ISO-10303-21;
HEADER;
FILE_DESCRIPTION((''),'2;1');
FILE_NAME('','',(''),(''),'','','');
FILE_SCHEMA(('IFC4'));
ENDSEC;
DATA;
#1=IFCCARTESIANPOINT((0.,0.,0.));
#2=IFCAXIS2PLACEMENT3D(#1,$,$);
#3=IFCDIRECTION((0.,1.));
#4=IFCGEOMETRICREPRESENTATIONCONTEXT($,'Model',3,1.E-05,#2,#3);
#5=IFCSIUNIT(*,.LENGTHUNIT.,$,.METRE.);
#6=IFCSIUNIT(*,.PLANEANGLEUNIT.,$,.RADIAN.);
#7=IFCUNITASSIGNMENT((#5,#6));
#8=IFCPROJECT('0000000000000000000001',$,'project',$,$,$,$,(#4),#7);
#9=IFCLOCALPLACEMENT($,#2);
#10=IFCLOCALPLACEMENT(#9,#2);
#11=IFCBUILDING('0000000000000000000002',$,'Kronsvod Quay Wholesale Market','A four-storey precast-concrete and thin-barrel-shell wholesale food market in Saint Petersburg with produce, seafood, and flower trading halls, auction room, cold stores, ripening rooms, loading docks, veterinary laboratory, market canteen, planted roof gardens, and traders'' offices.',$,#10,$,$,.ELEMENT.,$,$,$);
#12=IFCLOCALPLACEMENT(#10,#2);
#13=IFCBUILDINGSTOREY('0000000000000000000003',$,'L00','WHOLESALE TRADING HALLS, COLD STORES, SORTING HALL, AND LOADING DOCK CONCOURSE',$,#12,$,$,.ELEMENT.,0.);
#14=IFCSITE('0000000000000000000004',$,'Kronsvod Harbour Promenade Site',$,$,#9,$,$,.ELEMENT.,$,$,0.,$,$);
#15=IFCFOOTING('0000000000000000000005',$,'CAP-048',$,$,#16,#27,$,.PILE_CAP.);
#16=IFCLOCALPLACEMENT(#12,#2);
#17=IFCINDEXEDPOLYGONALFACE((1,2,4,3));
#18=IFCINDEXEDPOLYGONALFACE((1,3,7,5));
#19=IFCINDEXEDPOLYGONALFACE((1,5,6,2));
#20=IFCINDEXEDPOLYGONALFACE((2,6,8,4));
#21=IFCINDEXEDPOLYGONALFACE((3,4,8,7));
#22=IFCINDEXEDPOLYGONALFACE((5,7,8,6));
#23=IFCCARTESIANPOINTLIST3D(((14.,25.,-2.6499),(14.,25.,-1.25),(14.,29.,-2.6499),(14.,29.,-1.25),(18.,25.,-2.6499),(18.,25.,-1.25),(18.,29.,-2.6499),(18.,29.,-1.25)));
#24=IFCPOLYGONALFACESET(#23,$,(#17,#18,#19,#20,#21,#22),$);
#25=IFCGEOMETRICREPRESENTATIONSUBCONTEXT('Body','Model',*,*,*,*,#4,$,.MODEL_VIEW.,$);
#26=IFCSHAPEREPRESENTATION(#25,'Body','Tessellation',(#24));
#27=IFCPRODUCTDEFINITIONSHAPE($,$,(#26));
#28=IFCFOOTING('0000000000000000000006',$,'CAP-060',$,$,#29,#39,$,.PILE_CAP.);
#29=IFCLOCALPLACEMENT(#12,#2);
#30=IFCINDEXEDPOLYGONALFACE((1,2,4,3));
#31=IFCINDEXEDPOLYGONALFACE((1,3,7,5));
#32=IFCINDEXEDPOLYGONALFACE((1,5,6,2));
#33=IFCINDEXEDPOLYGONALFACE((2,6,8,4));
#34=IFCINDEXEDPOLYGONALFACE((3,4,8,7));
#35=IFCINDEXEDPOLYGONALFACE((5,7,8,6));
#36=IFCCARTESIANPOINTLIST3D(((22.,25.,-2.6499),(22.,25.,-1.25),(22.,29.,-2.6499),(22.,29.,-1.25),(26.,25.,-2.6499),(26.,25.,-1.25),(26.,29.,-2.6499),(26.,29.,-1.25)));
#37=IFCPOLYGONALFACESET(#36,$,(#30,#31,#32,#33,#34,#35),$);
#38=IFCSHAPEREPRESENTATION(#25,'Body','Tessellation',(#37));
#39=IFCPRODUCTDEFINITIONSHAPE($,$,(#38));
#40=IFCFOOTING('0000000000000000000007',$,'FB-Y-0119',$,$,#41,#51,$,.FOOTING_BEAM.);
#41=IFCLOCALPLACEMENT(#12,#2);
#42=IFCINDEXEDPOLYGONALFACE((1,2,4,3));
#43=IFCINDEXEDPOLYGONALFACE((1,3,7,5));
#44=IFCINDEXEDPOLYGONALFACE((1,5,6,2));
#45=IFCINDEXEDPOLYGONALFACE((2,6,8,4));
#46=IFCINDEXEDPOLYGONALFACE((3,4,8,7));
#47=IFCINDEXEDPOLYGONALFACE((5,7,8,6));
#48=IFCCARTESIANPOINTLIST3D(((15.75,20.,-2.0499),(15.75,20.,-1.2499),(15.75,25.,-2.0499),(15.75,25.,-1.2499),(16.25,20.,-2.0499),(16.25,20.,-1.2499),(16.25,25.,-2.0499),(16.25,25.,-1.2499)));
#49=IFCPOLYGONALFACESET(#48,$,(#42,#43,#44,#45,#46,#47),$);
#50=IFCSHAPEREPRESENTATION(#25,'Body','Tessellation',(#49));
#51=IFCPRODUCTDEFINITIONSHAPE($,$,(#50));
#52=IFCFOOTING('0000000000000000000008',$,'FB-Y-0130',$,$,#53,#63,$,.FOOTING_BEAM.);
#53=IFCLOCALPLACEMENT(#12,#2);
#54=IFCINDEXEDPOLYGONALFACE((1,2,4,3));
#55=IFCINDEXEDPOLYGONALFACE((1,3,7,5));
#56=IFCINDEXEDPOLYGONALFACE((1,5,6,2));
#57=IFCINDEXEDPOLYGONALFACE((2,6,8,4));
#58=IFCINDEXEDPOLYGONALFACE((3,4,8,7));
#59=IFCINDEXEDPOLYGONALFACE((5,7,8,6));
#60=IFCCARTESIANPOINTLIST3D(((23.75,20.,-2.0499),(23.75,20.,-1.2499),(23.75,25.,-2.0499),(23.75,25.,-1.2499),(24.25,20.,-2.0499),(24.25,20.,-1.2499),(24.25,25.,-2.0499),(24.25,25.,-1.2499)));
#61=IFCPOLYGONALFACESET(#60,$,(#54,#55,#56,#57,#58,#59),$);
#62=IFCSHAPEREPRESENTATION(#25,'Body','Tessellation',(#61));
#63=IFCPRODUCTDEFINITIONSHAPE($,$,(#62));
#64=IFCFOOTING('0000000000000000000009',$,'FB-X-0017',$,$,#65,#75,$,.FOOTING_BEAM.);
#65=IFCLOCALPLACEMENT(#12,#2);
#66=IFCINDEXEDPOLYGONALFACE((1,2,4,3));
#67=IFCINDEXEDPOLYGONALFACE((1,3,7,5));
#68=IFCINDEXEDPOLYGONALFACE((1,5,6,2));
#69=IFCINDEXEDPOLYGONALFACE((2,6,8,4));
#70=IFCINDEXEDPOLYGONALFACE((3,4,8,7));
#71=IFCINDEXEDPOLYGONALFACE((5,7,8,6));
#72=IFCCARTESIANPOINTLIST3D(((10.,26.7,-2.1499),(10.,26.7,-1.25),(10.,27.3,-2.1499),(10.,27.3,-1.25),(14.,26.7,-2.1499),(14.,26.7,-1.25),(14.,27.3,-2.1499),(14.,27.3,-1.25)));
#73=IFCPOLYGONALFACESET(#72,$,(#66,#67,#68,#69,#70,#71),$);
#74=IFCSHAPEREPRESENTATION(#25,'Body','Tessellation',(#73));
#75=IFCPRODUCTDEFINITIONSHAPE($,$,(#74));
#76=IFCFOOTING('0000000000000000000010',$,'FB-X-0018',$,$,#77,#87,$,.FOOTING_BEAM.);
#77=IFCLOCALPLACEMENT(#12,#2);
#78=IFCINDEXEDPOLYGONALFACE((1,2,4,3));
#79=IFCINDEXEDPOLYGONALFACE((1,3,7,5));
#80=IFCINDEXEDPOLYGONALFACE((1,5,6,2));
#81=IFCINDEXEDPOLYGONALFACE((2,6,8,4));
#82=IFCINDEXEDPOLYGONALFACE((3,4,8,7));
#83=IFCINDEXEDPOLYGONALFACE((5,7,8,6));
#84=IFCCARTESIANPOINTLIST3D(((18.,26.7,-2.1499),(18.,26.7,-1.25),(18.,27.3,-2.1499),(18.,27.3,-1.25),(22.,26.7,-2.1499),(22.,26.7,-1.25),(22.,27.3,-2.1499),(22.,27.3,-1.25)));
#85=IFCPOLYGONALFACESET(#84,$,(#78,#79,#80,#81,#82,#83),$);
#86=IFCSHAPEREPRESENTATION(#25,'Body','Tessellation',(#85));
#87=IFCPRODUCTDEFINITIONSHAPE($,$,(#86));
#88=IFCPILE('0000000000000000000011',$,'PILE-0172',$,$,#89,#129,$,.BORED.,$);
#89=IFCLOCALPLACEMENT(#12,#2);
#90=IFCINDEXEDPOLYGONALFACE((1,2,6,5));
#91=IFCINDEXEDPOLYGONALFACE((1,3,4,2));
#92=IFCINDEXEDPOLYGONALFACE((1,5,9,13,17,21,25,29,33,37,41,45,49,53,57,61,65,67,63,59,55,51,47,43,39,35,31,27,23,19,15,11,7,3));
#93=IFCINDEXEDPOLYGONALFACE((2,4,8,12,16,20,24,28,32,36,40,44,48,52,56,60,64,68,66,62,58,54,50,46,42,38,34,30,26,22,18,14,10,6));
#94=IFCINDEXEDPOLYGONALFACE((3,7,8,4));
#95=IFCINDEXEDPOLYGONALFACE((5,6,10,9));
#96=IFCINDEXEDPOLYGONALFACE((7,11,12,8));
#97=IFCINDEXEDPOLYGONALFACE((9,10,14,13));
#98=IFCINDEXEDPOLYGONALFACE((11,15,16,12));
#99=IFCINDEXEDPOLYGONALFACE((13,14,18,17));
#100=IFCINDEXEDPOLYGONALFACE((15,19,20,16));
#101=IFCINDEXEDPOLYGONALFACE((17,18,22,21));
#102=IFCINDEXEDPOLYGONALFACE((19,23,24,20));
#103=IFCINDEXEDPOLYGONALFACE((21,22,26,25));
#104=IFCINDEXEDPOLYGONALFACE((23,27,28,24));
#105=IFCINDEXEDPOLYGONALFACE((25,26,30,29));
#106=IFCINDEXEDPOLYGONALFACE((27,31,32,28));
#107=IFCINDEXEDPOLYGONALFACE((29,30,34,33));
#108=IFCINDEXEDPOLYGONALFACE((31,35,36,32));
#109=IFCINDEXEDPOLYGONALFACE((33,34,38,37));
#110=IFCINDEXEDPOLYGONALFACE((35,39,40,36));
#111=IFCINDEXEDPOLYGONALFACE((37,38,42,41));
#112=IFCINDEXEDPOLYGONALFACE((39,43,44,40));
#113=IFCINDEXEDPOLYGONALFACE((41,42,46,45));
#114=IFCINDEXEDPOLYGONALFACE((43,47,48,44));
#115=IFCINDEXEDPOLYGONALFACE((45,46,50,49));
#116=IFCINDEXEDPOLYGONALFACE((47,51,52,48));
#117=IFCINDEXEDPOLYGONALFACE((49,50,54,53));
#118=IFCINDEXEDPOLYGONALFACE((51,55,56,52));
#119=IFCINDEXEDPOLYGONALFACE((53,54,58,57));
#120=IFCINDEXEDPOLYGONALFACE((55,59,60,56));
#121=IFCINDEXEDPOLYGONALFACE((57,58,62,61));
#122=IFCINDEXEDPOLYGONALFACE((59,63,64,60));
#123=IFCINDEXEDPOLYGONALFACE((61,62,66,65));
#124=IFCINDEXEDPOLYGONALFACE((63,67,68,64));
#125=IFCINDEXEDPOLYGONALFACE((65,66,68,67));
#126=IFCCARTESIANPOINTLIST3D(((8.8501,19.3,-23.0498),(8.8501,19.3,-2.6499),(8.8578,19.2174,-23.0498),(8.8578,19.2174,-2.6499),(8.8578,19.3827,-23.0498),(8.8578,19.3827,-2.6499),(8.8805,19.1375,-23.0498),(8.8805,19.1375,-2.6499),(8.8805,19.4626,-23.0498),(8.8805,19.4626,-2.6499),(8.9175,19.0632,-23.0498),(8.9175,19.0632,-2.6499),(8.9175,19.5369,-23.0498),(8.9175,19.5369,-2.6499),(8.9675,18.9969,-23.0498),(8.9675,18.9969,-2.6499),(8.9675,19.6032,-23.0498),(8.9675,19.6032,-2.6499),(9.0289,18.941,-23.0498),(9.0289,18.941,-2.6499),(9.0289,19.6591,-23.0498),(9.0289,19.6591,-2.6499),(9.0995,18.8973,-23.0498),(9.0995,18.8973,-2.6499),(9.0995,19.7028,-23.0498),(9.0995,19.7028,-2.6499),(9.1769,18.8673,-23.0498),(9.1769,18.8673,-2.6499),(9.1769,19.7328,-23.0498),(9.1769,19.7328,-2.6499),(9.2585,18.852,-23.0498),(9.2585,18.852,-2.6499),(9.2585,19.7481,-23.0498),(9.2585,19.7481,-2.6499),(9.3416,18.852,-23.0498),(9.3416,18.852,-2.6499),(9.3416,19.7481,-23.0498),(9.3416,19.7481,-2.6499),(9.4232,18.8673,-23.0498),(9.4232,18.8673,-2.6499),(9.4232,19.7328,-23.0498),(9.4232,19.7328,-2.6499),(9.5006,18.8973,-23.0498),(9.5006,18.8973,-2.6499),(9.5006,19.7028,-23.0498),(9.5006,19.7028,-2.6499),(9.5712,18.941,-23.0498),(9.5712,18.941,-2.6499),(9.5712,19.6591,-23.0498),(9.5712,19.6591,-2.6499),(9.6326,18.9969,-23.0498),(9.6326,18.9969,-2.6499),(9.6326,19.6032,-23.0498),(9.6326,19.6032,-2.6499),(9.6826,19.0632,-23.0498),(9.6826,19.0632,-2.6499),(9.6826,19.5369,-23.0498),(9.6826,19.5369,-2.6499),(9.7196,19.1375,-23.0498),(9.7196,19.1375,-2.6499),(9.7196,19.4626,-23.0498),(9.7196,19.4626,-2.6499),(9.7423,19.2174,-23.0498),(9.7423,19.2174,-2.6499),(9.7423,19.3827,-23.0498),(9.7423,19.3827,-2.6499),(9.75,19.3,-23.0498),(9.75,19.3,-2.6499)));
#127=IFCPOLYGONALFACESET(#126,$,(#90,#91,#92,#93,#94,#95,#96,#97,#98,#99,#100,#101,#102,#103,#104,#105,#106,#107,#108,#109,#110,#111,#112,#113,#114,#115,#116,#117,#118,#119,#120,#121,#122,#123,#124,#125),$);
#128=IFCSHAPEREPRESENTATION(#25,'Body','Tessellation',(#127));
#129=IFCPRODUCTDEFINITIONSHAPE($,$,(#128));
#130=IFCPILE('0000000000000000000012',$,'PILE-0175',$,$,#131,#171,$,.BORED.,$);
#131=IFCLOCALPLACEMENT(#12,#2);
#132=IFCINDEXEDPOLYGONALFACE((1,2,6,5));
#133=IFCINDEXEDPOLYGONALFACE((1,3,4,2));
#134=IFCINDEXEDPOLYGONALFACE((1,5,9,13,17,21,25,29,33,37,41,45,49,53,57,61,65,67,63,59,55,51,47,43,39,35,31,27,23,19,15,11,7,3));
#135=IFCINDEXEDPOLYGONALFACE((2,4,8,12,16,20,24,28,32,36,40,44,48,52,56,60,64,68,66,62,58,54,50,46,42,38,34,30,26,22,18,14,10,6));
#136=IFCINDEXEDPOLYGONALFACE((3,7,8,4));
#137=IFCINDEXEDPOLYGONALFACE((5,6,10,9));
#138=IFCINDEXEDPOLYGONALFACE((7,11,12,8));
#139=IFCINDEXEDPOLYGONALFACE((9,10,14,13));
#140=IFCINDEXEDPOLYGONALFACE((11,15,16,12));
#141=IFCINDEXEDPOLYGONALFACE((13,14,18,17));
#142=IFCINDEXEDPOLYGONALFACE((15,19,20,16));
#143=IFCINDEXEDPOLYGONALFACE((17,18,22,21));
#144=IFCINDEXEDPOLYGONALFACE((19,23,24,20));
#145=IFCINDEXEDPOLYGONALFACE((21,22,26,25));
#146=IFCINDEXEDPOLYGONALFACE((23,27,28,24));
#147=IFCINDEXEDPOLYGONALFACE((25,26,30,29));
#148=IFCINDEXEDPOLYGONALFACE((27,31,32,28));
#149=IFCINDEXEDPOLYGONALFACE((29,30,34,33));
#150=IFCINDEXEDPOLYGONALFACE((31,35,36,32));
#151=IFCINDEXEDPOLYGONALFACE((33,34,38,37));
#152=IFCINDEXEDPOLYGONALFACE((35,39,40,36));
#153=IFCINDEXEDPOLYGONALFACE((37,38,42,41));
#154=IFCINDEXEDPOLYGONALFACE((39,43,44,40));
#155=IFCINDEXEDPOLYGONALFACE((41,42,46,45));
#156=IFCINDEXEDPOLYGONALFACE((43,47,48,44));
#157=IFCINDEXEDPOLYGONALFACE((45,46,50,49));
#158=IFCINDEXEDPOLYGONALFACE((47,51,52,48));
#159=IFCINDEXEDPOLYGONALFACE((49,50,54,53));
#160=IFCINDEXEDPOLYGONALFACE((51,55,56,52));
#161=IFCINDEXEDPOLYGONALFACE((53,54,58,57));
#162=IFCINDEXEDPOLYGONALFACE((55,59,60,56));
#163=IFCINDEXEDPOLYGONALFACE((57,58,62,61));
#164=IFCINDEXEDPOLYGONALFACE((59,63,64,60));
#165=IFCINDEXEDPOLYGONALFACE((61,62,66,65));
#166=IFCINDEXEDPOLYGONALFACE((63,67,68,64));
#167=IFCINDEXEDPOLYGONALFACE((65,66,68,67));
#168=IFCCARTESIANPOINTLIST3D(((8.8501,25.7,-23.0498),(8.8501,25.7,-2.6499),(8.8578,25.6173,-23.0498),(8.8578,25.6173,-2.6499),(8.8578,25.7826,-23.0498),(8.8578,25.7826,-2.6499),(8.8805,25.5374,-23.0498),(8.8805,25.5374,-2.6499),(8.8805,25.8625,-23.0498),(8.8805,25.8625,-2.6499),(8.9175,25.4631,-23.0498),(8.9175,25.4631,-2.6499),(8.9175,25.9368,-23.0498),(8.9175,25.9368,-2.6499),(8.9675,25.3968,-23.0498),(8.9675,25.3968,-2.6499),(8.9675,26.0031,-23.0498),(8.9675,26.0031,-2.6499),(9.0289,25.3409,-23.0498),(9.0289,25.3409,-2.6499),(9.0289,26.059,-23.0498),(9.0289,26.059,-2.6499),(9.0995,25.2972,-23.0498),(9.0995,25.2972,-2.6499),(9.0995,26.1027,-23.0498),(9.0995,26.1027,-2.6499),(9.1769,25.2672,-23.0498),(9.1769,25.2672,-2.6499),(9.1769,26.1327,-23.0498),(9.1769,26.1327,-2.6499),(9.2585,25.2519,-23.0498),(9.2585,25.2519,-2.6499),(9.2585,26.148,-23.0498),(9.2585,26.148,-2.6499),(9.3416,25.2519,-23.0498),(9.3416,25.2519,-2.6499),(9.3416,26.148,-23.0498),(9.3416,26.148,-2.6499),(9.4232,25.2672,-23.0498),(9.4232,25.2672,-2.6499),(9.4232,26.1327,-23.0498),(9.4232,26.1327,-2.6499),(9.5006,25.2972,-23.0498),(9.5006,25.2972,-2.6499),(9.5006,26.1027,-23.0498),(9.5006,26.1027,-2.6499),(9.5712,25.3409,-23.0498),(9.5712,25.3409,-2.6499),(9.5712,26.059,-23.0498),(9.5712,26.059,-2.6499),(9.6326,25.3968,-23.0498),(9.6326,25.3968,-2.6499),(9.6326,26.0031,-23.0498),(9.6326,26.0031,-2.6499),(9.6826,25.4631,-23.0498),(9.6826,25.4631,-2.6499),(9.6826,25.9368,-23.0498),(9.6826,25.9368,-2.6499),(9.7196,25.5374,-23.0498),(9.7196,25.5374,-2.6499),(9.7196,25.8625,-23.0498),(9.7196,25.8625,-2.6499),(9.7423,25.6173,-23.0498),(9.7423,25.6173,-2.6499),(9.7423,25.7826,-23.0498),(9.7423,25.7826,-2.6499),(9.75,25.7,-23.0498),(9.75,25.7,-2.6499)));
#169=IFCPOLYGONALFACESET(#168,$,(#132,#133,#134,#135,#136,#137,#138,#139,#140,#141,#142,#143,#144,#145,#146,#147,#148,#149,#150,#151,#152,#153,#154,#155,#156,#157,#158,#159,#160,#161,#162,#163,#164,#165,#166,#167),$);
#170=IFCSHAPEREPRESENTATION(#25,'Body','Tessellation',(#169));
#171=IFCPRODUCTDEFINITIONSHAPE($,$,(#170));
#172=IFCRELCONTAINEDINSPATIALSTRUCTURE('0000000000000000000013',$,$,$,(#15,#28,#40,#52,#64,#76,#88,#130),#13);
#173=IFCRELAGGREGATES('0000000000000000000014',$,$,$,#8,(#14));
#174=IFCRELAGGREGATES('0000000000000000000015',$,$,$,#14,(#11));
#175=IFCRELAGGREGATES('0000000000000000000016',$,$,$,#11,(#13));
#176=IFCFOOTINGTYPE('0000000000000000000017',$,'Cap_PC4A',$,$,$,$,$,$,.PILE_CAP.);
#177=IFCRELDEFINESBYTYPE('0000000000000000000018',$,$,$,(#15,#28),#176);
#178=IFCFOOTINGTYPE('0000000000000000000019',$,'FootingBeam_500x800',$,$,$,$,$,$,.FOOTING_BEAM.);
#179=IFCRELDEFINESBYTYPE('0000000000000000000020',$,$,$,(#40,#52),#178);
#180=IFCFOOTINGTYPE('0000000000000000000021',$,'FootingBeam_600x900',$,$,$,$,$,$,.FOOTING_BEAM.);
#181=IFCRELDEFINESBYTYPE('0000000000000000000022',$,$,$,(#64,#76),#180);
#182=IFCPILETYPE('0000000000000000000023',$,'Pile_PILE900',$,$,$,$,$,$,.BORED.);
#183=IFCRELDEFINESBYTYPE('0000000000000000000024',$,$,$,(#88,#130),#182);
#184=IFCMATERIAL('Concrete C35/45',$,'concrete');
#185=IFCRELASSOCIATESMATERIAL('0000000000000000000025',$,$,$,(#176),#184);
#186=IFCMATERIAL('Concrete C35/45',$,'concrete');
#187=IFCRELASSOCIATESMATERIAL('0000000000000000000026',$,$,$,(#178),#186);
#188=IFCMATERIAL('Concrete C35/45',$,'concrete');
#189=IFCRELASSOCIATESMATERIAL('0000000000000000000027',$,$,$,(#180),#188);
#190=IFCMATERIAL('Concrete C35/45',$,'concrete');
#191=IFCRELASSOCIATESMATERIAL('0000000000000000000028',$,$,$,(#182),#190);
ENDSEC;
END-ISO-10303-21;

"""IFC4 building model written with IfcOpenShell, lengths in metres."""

from ifc_helpers import new_model, si_unit, direction, frame, origin, origin_2d, place, context, subcontext, project, spatial, rectangle, circle, extrude, material, material_profile, profile_set, type_object, element, save


model = new_model("IFC4")

# Units and contexts
model_context = context("Model", 3, precision=1e-05, world=origin(), true_north=direction((0.0, 1.0)))
body_context = subcontext(model_context, "Body", "Model", "MODEL_VIEW")
ifc_project = project(units=[si_unit("LENGTHUNIT", "METRE"), si_unit("PLANEANGLEUNIT", "RADIAN")], contexts=[model_context])

# Site, building, storey
site_placement = place(None, origin())
site = spatial("IfcSite", under=ifc_project, at=site_placement, Name="Kronsvod Harbour Promenade Site", CompositionType="ELEMENT", RefElevation=0.0)
building_placement = place(site_placement, origin())
building = spatial("IfcBuilding", under=site, at=building_placement, Name="Kronsvod Quay Wholesale Market", Description="A four-storey precast-concrete and thin-barrel-shell wholesale food market in Saint Petersburg with produce, seafood, and flower trading halls, auction room, cold stores, ripening rooms, loading docks, veterinary laboratory, market canteen, planted roof gardens, and traders' offices.", CompositionType="ELEMENT")
storey_placement = place(building_placement, origin())
storey = spatial("IfcBuildingStorey", under=building, at=storey_placement, Name="L00", Description="WHOLESALE TRADING HALLS, COLD STORES, SORTING HALL, AND LOADING DOCK CONCOURSE", CompositionType="ELEMENT", Elevation=0.0)

# Footings
ifc_material_1 = material(Name="Concrete C35/45", Category="concrete")
footing_type_1 = type_object("IfcFootingType", Name="Cap_PC4A", PredefinedType="PILE_CAP", material=ifc_material_1)
for number, where, z_axis, x_axis, name in (
    (1, (16.0, 27.0, -2.6499), (0.0, 0.0, 1.0), (1.0, 0.0, 0.0), "CAP-048"),
    (2, (24.0, 27.0, -2.6499), (0.0, 0.0, 1.0), (1.0, 0.0, 0.0), "CAP-060"),
):
    element("IfcFooting", number, at=place(storey_placement, frame(where, z_axis=z_axis, x_axis=x_axis)), inside=storey, type_object=footing_type_1, Name=name, PredefinedType="PILE_CAP", context=body_context, shape_type="SweptSolid", body=[
        extrude(rectangle(XDim=4.0, YDim=4.0, at=origin_2d()), origin(), (0.0, 0.0, 1.0), 1.3999),
    ])
ifc_material_2 = material(Name="Concrete C35/45", Category="concrete")
ifc_material_profile_1 = material_profile(ifc_material_2, rectangle(XDim=0.5, YDim=0.8, at=origin_2d()), Name="FB-01")
ifc_profile_set_1 = profile_set([ifc_material_profile_1], Name="Concrete C35/45")
footing_type_2 = type_object("IfcFootingType", Name="FootingBeam_500x800", PredefinedType="FOOTING_BEAM", material=ifc_profile_set_1)
for number, where, z_axis, x_axis, name in (
    (3, (16.0, 20.0, -1.6499), (0.0, 1.0, 0.0), (-1.0, 0.0, 0.0), "FB-Y-0119"),
    (4, (24.0, 20.0, -1.6499), (0.0, 1.0, 0.0), (-1.0, 0.0, 0.0), "FB-Y-0130"),
):
    element("IfcFooting", number, at=place(storey_placement, frame(where, z_axis=z_axis, x_axis=x_axis)), inside=storey, type_object=footing_type_2, Name=name, PredefinedType="FOOTING_BEAM", context=body_context, shape_type="SweptSolid", body=[
        extrude(rectangle(XDim=0.5, YDim=0.8, at=origin_2d()), origin(), (0.0, 0.0, 1.0), 5.0),
    ])
ifc_material_3 = material(Name="Concrete C35/45", Category="concrete")
ifc_material_profile_2 = material_profile(ifc_material_3, rectangle(XDim=0.6001, YDim=0.8999, at=origin_2d()), Name="FB-02")
ifc_profile_set_2 = profile_set([ifc_material_profile_2], Name="Concrete C35/45")
footing_type_3 = type_object("IfcFootingType", Name="FootingBeam_600x900", PredefinedType="FOOTING_BEAM", material=ifc_profile_set_2)
for number, where, z_axis, x_axis, name in (
    (5, (10.0, 27.0, -1.7), (1.0, 0.0, 0.0), (0.0, 1.0, 0.0), "FB-X-0017"),
    (6, (18.0, 27.0, -1.7), (1.0, 0.0, 0.0), (0.0, 1.0, 0.0), "FB-X-0018"),
):
    element("IfcFooting", number, at=place(storey_placement, frame(where, z_axis=z_axis, x_axis=x_axis)), inside=storey, type_object=footing_type_3, Name=name, PredefinedType="FOOTING_BEAM", context=body_context, shape_type="SweptSolid", body=[
        extrude(rectangle(XDim=0.6001, YDim=0.8999, at=origin_2d()), origin(), (0.0, 0.0, 1.0), 4.0),
    ])

# Piles
ifc_material_4 = material(Name="Concrete C35/45", Category="concrete")
ifc_material_profile_3 = material_profile(ifc_material_4, circle(Radius=0.45, at=origin_2d()), Name="PILE900")
ifc_profile_set_3 = profile_set([ifc_material_profile_3], Name="Concrete C35/45")
pile_type = type_object("IfcPileType", Name="Pile_PILE900", PredefinedType="BORED", material=ifc_profile_set_3)
for number, where, z_axis, x_axis, name in (
    (7, (9.3, 19.3, -2.6499), (0.0, 0.0, -1.0), (1.0, 0.0, 0.0), "PILE-0172"),
    (8, (9.3, 25.7, -2.6499), (0.0, 0.0, -1.0), (1.0, 0.0, 0.0), "PILE-0175"),
):
    element("IfcPile", number, at=place(storey_placement, frame(where, z_axis=z_axis, x_axis=x_axis)), inside=storey, type_object=pile_type, Name=name, PredefinedType="BORED", context=body_context, shape_type="SweptSolid", body=[
        extrude(circle(Radius=0.45, at=origin_2d()), origin(), (0.0, 0.0, 1.0), 20.3999),
    ])

save(model, "model.ifc")
